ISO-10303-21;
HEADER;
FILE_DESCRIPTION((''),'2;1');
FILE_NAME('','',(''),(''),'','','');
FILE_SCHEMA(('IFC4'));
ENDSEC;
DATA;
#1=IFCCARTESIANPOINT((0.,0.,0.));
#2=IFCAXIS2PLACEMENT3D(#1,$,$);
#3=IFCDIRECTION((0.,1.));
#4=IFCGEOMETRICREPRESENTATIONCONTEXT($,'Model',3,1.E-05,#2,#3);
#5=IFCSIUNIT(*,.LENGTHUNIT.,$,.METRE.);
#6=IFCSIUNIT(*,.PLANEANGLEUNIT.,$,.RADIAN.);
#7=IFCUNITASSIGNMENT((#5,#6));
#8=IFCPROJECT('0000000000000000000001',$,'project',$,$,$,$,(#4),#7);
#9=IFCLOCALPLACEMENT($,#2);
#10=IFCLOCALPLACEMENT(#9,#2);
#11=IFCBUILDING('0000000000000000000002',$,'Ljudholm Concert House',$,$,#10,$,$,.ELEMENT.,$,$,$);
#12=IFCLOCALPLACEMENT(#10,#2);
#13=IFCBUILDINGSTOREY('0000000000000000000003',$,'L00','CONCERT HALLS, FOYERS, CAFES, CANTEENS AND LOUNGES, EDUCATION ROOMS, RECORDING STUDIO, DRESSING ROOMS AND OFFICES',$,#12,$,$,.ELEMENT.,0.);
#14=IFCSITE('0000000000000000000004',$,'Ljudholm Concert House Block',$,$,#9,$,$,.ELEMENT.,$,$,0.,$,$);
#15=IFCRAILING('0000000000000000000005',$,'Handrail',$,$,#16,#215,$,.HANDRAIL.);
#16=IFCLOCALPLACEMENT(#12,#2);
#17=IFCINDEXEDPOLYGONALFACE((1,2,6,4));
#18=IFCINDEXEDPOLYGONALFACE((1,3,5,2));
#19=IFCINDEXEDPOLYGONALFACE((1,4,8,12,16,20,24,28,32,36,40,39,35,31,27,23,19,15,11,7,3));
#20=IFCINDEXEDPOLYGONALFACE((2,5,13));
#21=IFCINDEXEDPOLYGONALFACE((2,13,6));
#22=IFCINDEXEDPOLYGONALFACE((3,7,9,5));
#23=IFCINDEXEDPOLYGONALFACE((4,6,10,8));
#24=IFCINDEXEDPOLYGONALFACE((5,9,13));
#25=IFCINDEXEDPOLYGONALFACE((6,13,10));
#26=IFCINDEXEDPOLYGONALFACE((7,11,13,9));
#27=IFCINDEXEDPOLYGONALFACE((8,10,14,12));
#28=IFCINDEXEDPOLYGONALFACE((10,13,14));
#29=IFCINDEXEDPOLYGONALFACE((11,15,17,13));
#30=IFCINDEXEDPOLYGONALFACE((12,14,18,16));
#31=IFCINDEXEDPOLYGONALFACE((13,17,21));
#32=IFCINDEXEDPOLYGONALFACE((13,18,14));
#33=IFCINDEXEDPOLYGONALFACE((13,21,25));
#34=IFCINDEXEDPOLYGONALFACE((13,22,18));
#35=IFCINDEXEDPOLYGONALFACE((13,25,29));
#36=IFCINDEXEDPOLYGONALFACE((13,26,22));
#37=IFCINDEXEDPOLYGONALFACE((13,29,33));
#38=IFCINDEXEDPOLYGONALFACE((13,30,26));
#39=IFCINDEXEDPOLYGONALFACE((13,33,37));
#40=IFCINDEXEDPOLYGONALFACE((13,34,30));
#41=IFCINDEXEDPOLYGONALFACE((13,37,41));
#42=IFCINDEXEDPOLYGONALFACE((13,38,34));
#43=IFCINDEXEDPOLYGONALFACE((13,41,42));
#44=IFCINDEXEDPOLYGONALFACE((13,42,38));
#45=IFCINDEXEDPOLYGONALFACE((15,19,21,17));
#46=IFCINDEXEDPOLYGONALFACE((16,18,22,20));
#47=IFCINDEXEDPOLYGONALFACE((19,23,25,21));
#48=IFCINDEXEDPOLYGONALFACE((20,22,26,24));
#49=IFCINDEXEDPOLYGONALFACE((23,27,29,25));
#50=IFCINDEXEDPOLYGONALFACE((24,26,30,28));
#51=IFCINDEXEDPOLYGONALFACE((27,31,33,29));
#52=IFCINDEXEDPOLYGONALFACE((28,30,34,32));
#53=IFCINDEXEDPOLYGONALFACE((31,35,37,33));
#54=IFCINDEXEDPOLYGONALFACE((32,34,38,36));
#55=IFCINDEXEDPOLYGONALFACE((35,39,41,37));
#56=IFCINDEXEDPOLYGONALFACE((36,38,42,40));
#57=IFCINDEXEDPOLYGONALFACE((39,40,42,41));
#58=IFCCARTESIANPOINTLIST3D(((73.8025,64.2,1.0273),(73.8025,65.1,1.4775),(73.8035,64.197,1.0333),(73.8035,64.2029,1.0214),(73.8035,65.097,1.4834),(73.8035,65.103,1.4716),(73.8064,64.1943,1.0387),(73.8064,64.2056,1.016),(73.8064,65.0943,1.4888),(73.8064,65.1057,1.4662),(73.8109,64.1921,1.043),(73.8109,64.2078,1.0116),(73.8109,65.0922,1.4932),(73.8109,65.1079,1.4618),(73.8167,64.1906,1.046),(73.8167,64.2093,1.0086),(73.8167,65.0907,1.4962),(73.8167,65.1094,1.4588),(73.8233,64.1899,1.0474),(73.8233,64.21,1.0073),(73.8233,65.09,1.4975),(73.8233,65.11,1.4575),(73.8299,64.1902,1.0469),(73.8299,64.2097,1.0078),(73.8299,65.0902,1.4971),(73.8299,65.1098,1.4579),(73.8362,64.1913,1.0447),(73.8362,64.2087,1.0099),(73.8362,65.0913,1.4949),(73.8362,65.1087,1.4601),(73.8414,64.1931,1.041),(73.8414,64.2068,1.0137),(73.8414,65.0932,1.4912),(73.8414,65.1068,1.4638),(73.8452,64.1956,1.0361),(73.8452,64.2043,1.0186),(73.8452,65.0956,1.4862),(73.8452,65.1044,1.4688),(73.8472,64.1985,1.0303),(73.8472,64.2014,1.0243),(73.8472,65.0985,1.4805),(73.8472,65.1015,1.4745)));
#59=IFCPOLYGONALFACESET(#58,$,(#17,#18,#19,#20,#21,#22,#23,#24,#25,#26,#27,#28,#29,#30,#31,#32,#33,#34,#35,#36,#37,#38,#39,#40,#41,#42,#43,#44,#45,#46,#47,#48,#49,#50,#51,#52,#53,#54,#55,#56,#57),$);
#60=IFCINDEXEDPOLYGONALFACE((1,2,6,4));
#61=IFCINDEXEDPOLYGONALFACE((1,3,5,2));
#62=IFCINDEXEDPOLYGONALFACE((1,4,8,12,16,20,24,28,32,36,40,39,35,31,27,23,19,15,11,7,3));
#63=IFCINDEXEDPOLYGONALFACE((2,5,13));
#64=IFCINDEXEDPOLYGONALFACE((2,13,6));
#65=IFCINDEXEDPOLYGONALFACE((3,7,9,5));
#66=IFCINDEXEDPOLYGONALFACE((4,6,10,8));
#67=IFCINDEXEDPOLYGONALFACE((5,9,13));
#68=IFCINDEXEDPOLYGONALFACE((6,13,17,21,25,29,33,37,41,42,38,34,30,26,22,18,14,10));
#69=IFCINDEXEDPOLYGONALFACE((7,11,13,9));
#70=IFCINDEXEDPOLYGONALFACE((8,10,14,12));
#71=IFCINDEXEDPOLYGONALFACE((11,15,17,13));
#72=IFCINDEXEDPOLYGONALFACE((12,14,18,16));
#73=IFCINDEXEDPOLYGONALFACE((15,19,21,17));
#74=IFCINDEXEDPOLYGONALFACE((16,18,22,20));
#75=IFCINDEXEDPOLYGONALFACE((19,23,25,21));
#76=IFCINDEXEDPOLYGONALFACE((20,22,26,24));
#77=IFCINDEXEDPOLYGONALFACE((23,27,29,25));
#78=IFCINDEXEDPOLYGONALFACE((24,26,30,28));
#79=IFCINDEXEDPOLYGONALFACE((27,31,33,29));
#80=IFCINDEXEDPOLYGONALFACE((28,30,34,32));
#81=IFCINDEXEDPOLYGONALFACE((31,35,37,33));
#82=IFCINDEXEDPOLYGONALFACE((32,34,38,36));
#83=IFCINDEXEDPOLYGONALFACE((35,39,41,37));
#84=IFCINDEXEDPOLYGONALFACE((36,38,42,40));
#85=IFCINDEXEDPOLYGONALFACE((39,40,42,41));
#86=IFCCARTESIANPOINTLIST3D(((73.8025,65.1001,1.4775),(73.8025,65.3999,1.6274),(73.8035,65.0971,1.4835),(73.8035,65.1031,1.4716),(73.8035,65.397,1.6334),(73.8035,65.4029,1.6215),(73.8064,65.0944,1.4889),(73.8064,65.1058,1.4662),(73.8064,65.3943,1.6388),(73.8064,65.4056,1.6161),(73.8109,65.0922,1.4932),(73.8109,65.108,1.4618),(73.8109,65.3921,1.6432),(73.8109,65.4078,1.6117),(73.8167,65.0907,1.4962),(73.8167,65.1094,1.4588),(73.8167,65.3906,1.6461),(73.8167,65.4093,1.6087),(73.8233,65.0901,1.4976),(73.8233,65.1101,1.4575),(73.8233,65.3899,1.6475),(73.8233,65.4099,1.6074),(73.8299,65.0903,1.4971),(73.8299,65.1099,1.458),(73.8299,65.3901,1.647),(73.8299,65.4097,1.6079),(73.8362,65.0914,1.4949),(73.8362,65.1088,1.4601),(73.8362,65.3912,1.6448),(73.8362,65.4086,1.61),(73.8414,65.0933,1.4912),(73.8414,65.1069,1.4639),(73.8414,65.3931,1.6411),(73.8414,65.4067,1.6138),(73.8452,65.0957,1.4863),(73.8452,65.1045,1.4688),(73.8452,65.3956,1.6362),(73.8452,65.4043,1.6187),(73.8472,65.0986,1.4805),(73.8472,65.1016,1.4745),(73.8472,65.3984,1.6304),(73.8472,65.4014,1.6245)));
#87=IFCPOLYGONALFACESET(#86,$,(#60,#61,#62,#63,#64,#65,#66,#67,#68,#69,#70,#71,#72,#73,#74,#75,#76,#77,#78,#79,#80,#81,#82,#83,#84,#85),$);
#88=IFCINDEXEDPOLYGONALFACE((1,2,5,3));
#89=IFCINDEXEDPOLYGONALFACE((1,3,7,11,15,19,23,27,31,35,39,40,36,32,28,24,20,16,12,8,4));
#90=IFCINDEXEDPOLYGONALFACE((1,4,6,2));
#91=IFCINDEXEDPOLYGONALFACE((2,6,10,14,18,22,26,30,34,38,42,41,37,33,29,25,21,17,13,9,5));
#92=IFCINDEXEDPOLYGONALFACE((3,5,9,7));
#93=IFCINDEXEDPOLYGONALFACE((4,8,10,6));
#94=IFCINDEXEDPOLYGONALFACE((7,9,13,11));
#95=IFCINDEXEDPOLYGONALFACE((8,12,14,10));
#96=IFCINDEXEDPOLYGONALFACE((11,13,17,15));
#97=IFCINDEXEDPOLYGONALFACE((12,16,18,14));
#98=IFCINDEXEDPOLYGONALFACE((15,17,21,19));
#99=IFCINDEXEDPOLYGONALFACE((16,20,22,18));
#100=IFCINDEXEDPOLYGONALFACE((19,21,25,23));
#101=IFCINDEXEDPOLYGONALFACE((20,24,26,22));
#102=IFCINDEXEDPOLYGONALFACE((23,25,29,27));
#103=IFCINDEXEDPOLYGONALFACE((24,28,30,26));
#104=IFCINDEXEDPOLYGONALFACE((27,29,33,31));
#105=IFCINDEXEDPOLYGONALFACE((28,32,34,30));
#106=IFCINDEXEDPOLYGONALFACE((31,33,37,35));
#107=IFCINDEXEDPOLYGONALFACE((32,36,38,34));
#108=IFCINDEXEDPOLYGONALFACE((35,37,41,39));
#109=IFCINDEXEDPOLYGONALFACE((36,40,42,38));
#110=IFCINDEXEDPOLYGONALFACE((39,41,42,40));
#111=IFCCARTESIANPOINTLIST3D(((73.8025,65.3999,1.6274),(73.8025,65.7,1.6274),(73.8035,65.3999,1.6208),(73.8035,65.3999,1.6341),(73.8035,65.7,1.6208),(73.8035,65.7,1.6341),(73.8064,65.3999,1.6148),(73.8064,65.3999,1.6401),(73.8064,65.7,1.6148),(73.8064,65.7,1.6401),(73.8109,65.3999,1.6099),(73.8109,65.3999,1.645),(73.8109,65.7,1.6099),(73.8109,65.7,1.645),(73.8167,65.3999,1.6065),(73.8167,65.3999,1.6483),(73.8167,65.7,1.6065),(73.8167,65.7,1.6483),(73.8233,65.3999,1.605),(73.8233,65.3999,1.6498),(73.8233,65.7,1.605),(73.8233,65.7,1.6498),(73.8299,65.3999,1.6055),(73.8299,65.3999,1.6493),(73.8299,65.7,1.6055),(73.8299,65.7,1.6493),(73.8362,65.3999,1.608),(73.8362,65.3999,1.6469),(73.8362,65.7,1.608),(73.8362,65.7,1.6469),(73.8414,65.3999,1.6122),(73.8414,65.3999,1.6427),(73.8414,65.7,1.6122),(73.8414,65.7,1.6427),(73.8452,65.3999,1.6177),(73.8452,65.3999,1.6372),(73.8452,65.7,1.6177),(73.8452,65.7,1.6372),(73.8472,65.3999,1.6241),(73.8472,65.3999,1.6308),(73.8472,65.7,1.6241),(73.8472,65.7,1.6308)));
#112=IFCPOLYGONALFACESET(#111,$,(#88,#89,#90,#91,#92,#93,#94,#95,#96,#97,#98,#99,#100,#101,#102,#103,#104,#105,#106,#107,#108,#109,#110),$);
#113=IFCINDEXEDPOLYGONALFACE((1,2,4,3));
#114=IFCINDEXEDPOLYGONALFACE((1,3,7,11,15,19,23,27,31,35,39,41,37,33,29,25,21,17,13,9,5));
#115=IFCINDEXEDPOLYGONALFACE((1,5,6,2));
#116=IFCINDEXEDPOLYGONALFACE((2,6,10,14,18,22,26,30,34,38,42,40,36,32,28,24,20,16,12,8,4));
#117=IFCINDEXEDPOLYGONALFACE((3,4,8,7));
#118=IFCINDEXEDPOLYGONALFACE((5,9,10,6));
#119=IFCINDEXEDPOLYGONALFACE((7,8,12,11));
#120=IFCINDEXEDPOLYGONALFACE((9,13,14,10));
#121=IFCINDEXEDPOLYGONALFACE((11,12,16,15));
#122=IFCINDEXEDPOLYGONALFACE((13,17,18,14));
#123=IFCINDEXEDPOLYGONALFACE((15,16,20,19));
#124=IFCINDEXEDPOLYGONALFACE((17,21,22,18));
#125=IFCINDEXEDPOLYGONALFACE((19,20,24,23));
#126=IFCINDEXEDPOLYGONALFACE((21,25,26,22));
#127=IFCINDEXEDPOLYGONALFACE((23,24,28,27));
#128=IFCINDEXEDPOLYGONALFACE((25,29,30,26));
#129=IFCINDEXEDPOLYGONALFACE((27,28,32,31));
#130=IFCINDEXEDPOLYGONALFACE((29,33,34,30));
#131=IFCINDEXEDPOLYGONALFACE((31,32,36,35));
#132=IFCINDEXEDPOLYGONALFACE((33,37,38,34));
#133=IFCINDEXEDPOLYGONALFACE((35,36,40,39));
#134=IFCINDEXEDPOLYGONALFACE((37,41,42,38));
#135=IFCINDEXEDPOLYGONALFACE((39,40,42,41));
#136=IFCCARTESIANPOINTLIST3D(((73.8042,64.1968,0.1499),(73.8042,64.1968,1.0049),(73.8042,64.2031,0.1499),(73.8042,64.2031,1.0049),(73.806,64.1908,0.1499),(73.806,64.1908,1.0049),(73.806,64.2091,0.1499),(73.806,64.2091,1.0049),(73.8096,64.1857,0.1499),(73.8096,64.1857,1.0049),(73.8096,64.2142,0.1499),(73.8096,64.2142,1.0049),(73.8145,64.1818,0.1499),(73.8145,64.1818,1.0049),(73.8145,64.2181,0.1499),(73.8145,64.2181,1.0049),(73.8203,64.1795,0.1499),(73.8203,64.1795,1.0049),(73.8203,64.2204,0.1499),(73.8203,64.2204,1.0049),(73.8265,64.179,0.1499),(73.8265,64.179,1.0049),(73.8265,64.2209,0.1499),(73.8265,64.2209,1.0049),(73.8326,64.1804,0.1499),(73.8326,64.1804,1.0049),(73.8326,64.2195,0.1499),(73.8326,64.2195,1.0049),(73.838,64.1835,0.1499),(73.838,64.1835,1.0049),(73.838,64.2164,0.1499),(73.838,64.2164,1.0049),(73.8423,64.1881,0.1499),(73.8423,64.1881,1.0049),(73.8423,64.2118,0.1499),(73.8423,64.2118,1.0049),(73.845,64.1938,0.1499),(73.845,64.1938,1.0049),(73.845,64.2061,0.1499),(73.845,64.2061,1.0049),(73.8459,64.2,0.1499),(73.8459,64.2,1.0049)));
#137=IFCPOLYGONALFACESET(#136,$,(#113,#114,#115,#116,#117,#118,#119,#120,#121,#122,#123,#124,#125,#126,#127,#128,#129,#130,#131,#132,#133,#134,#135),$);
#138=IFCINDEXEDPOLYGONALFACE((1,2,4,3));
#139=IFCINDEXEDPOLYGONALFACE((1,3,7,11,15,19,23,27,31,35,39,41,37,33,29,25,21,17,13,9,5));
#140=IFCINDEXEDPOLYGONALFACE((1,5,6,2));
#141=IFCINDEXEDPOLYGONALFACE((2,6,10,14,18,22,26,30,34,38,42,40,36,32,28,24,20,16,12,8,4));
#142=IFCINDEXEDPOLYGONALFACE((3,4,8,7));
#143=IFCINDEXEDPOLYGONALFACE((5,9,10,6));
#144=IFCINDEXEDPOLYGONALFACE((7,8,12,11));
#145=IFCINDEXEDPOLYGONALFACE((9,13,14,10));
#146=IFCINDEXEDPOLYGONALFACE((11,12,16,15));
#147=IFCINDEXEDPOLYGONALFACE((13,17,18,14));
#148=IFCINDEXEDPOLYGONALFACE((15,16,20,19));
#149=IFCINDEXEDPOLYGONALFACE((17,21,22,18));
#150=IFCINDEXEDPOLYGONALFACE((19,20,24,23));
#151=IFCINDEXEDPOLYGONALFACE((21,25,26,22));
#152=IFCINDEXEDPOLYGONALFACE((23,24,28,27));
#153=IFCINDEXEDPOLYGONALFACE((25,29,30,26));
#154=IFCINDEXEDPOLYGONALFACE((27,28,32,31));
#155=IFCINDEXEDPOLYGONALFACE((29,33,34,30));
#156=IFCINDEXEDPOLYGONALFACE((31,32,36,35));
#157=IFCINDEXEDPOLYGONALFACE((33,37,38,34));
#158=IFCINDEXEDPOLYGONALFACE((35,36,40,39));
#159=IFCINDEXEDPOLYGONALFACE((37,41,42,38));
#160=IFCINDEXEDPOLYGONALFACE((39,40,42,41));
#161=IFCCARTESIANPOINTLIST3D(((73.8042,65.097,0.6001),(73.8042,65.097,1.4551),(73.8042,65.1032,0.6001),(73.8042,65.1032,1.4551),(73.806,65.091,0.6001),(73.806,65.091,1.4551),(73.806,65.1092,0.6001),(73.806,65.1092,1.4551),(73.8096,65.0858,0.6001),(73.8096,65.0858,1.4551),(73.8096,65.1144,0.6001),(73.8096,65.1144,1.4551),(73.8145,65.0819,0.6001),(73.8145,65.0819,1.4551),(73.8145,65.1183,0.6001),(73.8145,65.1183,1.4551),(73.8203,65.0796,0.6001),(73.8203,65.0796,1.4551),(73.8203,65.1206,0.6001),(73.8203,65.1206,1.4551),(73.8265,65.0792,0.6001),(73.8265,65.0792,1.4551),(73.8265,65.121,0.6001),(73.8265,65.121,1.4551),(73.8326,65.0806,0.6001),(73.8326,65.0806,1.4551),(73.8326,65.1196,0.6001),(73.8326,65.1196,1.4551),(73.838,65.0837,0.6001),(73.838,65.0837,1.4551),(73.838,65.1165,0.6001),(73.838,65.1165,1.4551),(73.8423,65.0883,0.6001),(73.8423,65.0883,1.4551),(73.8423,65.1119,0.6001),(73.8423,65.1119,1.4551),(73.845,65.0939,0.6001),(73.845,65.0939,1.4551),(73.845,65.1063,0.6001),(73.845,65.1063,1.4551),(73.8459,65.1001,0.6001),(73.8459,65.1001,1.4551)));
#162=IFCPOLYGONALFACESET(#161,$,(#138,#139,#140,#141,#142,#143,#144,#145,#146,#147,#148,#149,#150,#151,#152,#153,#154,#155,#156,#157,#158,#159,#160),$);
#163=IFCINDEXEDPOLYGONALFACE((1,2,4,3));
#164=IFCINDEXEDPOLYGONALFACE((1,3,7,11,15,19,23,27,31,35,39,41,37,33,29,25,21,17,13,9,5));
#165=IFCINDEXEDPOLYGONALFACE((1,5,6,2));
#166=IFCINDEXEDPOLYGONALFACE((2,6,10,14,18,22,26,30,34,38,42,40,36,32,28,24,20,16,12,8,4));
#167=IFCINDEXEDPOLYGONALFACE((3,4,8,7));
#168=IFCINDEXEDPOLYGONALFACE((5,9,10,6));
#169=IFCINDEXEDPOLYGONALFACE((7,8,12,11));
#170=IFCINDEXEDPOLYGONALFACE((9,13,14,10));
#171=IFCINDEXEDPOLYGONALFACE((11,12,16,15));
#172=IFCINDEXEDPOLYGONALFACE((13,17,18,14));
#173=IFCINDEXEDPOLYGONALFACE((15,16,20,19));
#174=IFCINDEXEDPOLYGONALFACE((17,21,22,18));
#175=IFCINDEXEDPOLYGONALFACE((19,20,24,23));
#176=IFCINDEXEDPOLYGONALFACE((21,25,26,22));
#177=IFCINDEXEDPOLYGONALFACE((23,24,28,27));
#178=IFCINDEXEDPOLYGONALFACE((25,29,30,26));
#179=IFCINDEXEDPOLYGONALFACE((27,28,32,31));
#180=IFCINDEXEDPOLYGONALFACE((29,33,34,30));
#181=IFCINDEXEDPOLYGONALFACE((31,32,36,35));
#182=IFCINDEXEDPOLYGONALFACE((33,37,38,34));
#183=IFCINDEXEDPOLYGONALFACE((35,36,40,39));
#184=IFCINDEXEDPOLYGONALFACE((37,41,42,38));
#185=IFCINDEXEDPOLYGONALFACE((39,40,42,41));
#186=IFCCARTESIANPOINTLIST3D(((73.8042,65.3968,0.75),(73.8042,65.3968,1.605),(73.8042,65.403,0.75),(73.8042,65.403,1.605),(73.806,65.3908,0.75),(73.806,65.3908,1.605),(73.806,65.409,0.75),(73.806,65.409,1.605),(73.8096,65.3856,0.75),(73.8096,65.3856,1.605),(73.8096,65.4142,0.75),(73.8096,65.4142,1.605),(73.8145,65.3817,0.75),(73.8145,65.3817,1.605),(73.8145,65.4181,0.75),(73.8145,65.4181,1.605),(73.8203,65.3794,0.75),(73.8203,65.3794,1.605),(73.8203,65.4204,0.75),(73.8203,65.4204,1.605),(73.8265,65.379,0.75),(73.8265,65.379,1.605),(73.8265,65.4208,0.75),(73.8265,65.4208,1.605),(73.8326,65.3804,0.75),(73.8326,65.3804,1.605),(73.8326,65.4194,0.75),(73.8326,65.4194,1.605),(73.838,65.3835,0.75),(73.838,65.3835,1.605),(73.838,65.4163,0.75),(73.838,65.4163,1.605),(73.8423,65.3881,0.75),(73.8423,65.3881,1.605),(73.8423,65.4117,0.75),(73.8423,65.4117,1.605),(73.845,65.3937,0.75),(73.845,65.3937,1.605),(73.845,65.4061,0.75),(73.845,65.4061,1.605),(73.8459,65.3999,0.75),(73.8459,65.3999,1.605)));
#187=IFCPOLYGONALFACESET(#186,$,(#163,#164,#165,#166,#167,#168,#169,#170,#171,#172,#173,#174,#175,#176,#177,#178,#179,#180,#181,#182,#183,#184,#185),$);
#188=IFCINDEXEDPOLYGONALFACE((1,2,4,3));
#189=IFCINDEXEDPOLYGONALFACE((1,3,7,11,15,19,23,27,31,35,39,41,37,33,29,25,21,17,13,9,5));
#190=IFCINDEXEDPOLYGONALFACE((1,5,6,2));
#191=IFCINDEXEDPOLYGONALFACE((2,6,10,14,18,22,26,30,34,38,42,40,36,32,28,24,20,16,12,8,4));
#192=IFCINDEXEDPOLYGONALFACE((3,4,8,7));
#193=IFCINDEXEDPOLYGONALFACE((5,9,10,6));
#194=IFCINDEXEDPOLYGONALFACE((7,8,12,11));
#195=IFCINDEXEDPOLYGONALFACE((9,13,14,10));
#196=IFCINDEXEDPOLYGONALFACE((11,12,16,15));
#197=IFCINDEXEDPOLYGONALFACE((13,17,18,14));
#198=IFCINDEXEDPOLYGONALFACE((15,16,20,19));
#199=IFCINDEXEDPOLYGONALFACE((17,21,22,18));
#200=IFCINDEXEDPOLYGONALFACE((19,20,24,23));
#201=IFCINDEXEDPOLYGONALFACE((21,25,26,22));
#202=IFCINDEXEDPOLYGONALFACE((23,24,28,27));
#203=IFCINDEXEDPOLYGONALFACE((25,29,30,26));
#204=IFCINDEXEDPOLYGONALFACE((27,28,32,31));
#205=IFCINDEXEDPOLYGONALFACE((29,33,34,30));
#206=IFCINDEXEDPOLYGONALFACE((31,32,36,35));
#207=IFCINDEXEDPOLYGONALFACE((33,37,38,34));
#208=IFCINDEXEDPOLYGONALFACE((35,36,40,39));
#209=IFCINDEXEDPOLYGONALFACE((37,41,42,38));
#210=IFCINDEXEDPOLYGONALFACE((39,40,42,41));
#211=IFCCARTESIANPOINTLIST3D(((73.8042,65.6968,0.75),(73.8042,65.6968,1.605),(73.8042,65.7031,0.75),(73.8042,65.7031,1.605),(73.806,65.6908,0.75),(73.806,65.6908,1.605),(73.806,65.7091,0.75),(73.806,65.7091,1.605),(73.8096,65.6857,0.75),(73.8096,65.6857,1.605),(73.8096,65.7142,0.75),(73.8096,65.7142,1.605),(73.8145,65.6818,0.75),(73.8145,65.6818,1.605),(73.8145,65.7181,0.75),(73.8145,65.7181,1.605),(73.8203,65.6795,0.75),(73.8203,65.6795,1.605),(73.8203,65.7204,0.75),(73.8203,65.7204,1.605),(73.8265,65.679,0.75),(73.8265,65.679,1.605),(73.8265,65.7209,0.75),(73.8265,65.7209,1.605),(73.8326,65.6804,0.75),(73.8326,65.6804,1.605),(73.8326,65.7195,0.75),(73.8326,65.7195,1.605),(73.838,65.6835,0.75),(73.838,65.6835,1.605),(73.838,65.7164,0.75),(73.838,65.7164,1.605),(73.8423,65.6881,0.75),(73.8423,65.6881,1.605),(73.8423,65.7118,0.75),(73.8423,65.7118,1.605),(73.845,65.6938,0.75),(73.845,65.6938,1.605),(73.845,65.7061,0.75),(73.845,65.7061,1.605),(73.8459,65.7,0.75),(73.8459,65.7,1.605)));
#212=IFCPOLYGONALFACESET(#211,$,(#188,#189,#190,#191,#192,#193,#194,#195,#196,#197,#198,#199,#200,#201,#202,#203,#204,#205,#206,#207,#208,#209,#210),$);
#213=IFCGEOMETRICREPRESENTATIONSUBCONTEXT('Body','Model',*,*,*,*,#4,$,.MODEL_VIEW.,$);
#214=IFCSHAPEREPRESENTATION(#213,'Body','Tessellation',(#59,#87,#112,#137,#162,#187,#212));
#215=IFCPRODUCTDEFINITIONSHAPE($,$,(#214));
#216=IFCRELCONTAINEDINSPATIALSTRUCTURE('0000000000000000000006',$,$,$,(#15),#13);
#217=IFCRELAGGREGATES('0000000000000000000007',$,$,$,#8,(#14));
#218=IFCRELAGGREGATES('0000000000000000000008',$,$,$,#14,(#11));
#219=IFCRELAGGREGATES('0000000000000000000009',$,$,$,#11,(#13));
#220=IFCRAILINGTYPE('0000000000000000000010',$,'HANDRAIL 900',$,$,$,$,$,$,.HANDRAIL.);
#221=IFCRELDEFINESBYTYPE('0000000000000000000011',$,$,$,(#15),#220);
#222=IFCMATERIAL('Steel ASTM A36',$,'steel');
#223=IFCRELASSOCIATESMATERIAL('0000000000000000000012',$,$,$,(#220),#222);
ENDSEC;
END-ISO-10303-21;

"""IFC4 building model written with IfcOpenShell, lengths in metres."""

from ifc_helpers import new_model, si_unit, direction, frame, origin, origin_2d, place, context, subcontext, project, spatial, circle, extrude, material, type_object, element, save


model = new_model("IFC4")

# Units and contexts
model_context = context("Model", 3, precision=1e-05, world=origin(), true_north=direction((0.0, 1.0)))
body_context = subcontext(model_context, "Body", "Model", "MODEL_VIEW")
ifc_project = project(units=[si_unit("LENGTHUNIT", "METRE"), si_unit("PLANEANGLEUNIT", "RADIAN")], contexts=[model_context])

# Site, building, storey
site_placement = place(None, origin())
site = spatial("IfcSite", under=ifc_project, at=site_placement, Name="Ljudholm Concert House Block", CompositionType="ELEMENT", RefElevation=0.0)
building_placement = place(site_placement, origin())
building = spatial("IfcBuilding", under=site, at=building_placement, Name="Ljudholm Concert House", CompositionType="ELEMENT")
storey_placement = place(building_placement, origin())
storey = spatial("IfcBuildingStorey", under=building, at=storey_placement, Name="L00", Description="CONCERT HALLS, FOYERS, CAFES, CANTEENS AND LOUNGES, EDUCATION ROOMS, RECORDING STUDIO, DRESSING ROOMS AND OFFICES", CompositionType="ELEMENT", Elevation=0.0)

# Railing
ifc_material_1 = material(Name="Steel ASTM A36", Category="steel")
railing_type_1 = type_object("IfcRailingType", Name="HANDRAIL 900", PredefinedType="HANDRAIL", material=ifc_material_1)
railing_1_placement = place(storey_placement, frame((73.825, 64.2, 0.1499)))
element("IfcRailing", 1, at=railing_1_placement, inside=storey, type_object=railing_type_1, Name="Handrail", PredefinedType="HANDRAIL", context=body_context, shape_type="SweptSolid", body=[
    extrude(circle(Radius=0.0225, at=origin_2d()), frame((0.0, 0.0, 0.8774), z_axis=(0.0, 0.894379, 0.447311), x_axis=(-1.0, 0.0, 0.0)), (0.0, 0.0, 1.0), 1.0063),
    extrude(circle(Radius=0.0225, at=origin_2d()), frame((0.0, 0.9001, 1.3276), z_axis=(0.0, 0.894427, 0.447214), x_axis=(-1.0, 0.0, 0.0)), (0.0, 0.0, 1.0), 0.3352),
    extrude(circle(Radius=0.0225, at=origin_2d()), frame((0.0, 1.2, 1.4775), z_axis=(0.0, 1.0, 0.0), x_axis=(-1.0, 0.0, 0.0)), (0.0, 0.0, 1.0), 0.3),
    extrude(circle(Radius=0.021, at=origin_2d()), origin(), (0.0, 0.0, 1.0), 0.855),
    extrude(circle(Radius=0.021, at=origin_2d()), frame((0.0, 0.9001, 0.4502)), (0.0, 0.0, 1.0), 0.855),
    extrude(circle(Radius=0.021, at=origin_2d()), frame((0.0, 1.2, 0.6001)), (0.0, 0.0, 1.0), 0.855),
    extrude(circle(Radius=0.021, at=origin_2d()), frame((0.0, 1.5, 0.6001)), (0.0, 0.0, 1.0), 0.855),
])

save(model, "model.ifc")
